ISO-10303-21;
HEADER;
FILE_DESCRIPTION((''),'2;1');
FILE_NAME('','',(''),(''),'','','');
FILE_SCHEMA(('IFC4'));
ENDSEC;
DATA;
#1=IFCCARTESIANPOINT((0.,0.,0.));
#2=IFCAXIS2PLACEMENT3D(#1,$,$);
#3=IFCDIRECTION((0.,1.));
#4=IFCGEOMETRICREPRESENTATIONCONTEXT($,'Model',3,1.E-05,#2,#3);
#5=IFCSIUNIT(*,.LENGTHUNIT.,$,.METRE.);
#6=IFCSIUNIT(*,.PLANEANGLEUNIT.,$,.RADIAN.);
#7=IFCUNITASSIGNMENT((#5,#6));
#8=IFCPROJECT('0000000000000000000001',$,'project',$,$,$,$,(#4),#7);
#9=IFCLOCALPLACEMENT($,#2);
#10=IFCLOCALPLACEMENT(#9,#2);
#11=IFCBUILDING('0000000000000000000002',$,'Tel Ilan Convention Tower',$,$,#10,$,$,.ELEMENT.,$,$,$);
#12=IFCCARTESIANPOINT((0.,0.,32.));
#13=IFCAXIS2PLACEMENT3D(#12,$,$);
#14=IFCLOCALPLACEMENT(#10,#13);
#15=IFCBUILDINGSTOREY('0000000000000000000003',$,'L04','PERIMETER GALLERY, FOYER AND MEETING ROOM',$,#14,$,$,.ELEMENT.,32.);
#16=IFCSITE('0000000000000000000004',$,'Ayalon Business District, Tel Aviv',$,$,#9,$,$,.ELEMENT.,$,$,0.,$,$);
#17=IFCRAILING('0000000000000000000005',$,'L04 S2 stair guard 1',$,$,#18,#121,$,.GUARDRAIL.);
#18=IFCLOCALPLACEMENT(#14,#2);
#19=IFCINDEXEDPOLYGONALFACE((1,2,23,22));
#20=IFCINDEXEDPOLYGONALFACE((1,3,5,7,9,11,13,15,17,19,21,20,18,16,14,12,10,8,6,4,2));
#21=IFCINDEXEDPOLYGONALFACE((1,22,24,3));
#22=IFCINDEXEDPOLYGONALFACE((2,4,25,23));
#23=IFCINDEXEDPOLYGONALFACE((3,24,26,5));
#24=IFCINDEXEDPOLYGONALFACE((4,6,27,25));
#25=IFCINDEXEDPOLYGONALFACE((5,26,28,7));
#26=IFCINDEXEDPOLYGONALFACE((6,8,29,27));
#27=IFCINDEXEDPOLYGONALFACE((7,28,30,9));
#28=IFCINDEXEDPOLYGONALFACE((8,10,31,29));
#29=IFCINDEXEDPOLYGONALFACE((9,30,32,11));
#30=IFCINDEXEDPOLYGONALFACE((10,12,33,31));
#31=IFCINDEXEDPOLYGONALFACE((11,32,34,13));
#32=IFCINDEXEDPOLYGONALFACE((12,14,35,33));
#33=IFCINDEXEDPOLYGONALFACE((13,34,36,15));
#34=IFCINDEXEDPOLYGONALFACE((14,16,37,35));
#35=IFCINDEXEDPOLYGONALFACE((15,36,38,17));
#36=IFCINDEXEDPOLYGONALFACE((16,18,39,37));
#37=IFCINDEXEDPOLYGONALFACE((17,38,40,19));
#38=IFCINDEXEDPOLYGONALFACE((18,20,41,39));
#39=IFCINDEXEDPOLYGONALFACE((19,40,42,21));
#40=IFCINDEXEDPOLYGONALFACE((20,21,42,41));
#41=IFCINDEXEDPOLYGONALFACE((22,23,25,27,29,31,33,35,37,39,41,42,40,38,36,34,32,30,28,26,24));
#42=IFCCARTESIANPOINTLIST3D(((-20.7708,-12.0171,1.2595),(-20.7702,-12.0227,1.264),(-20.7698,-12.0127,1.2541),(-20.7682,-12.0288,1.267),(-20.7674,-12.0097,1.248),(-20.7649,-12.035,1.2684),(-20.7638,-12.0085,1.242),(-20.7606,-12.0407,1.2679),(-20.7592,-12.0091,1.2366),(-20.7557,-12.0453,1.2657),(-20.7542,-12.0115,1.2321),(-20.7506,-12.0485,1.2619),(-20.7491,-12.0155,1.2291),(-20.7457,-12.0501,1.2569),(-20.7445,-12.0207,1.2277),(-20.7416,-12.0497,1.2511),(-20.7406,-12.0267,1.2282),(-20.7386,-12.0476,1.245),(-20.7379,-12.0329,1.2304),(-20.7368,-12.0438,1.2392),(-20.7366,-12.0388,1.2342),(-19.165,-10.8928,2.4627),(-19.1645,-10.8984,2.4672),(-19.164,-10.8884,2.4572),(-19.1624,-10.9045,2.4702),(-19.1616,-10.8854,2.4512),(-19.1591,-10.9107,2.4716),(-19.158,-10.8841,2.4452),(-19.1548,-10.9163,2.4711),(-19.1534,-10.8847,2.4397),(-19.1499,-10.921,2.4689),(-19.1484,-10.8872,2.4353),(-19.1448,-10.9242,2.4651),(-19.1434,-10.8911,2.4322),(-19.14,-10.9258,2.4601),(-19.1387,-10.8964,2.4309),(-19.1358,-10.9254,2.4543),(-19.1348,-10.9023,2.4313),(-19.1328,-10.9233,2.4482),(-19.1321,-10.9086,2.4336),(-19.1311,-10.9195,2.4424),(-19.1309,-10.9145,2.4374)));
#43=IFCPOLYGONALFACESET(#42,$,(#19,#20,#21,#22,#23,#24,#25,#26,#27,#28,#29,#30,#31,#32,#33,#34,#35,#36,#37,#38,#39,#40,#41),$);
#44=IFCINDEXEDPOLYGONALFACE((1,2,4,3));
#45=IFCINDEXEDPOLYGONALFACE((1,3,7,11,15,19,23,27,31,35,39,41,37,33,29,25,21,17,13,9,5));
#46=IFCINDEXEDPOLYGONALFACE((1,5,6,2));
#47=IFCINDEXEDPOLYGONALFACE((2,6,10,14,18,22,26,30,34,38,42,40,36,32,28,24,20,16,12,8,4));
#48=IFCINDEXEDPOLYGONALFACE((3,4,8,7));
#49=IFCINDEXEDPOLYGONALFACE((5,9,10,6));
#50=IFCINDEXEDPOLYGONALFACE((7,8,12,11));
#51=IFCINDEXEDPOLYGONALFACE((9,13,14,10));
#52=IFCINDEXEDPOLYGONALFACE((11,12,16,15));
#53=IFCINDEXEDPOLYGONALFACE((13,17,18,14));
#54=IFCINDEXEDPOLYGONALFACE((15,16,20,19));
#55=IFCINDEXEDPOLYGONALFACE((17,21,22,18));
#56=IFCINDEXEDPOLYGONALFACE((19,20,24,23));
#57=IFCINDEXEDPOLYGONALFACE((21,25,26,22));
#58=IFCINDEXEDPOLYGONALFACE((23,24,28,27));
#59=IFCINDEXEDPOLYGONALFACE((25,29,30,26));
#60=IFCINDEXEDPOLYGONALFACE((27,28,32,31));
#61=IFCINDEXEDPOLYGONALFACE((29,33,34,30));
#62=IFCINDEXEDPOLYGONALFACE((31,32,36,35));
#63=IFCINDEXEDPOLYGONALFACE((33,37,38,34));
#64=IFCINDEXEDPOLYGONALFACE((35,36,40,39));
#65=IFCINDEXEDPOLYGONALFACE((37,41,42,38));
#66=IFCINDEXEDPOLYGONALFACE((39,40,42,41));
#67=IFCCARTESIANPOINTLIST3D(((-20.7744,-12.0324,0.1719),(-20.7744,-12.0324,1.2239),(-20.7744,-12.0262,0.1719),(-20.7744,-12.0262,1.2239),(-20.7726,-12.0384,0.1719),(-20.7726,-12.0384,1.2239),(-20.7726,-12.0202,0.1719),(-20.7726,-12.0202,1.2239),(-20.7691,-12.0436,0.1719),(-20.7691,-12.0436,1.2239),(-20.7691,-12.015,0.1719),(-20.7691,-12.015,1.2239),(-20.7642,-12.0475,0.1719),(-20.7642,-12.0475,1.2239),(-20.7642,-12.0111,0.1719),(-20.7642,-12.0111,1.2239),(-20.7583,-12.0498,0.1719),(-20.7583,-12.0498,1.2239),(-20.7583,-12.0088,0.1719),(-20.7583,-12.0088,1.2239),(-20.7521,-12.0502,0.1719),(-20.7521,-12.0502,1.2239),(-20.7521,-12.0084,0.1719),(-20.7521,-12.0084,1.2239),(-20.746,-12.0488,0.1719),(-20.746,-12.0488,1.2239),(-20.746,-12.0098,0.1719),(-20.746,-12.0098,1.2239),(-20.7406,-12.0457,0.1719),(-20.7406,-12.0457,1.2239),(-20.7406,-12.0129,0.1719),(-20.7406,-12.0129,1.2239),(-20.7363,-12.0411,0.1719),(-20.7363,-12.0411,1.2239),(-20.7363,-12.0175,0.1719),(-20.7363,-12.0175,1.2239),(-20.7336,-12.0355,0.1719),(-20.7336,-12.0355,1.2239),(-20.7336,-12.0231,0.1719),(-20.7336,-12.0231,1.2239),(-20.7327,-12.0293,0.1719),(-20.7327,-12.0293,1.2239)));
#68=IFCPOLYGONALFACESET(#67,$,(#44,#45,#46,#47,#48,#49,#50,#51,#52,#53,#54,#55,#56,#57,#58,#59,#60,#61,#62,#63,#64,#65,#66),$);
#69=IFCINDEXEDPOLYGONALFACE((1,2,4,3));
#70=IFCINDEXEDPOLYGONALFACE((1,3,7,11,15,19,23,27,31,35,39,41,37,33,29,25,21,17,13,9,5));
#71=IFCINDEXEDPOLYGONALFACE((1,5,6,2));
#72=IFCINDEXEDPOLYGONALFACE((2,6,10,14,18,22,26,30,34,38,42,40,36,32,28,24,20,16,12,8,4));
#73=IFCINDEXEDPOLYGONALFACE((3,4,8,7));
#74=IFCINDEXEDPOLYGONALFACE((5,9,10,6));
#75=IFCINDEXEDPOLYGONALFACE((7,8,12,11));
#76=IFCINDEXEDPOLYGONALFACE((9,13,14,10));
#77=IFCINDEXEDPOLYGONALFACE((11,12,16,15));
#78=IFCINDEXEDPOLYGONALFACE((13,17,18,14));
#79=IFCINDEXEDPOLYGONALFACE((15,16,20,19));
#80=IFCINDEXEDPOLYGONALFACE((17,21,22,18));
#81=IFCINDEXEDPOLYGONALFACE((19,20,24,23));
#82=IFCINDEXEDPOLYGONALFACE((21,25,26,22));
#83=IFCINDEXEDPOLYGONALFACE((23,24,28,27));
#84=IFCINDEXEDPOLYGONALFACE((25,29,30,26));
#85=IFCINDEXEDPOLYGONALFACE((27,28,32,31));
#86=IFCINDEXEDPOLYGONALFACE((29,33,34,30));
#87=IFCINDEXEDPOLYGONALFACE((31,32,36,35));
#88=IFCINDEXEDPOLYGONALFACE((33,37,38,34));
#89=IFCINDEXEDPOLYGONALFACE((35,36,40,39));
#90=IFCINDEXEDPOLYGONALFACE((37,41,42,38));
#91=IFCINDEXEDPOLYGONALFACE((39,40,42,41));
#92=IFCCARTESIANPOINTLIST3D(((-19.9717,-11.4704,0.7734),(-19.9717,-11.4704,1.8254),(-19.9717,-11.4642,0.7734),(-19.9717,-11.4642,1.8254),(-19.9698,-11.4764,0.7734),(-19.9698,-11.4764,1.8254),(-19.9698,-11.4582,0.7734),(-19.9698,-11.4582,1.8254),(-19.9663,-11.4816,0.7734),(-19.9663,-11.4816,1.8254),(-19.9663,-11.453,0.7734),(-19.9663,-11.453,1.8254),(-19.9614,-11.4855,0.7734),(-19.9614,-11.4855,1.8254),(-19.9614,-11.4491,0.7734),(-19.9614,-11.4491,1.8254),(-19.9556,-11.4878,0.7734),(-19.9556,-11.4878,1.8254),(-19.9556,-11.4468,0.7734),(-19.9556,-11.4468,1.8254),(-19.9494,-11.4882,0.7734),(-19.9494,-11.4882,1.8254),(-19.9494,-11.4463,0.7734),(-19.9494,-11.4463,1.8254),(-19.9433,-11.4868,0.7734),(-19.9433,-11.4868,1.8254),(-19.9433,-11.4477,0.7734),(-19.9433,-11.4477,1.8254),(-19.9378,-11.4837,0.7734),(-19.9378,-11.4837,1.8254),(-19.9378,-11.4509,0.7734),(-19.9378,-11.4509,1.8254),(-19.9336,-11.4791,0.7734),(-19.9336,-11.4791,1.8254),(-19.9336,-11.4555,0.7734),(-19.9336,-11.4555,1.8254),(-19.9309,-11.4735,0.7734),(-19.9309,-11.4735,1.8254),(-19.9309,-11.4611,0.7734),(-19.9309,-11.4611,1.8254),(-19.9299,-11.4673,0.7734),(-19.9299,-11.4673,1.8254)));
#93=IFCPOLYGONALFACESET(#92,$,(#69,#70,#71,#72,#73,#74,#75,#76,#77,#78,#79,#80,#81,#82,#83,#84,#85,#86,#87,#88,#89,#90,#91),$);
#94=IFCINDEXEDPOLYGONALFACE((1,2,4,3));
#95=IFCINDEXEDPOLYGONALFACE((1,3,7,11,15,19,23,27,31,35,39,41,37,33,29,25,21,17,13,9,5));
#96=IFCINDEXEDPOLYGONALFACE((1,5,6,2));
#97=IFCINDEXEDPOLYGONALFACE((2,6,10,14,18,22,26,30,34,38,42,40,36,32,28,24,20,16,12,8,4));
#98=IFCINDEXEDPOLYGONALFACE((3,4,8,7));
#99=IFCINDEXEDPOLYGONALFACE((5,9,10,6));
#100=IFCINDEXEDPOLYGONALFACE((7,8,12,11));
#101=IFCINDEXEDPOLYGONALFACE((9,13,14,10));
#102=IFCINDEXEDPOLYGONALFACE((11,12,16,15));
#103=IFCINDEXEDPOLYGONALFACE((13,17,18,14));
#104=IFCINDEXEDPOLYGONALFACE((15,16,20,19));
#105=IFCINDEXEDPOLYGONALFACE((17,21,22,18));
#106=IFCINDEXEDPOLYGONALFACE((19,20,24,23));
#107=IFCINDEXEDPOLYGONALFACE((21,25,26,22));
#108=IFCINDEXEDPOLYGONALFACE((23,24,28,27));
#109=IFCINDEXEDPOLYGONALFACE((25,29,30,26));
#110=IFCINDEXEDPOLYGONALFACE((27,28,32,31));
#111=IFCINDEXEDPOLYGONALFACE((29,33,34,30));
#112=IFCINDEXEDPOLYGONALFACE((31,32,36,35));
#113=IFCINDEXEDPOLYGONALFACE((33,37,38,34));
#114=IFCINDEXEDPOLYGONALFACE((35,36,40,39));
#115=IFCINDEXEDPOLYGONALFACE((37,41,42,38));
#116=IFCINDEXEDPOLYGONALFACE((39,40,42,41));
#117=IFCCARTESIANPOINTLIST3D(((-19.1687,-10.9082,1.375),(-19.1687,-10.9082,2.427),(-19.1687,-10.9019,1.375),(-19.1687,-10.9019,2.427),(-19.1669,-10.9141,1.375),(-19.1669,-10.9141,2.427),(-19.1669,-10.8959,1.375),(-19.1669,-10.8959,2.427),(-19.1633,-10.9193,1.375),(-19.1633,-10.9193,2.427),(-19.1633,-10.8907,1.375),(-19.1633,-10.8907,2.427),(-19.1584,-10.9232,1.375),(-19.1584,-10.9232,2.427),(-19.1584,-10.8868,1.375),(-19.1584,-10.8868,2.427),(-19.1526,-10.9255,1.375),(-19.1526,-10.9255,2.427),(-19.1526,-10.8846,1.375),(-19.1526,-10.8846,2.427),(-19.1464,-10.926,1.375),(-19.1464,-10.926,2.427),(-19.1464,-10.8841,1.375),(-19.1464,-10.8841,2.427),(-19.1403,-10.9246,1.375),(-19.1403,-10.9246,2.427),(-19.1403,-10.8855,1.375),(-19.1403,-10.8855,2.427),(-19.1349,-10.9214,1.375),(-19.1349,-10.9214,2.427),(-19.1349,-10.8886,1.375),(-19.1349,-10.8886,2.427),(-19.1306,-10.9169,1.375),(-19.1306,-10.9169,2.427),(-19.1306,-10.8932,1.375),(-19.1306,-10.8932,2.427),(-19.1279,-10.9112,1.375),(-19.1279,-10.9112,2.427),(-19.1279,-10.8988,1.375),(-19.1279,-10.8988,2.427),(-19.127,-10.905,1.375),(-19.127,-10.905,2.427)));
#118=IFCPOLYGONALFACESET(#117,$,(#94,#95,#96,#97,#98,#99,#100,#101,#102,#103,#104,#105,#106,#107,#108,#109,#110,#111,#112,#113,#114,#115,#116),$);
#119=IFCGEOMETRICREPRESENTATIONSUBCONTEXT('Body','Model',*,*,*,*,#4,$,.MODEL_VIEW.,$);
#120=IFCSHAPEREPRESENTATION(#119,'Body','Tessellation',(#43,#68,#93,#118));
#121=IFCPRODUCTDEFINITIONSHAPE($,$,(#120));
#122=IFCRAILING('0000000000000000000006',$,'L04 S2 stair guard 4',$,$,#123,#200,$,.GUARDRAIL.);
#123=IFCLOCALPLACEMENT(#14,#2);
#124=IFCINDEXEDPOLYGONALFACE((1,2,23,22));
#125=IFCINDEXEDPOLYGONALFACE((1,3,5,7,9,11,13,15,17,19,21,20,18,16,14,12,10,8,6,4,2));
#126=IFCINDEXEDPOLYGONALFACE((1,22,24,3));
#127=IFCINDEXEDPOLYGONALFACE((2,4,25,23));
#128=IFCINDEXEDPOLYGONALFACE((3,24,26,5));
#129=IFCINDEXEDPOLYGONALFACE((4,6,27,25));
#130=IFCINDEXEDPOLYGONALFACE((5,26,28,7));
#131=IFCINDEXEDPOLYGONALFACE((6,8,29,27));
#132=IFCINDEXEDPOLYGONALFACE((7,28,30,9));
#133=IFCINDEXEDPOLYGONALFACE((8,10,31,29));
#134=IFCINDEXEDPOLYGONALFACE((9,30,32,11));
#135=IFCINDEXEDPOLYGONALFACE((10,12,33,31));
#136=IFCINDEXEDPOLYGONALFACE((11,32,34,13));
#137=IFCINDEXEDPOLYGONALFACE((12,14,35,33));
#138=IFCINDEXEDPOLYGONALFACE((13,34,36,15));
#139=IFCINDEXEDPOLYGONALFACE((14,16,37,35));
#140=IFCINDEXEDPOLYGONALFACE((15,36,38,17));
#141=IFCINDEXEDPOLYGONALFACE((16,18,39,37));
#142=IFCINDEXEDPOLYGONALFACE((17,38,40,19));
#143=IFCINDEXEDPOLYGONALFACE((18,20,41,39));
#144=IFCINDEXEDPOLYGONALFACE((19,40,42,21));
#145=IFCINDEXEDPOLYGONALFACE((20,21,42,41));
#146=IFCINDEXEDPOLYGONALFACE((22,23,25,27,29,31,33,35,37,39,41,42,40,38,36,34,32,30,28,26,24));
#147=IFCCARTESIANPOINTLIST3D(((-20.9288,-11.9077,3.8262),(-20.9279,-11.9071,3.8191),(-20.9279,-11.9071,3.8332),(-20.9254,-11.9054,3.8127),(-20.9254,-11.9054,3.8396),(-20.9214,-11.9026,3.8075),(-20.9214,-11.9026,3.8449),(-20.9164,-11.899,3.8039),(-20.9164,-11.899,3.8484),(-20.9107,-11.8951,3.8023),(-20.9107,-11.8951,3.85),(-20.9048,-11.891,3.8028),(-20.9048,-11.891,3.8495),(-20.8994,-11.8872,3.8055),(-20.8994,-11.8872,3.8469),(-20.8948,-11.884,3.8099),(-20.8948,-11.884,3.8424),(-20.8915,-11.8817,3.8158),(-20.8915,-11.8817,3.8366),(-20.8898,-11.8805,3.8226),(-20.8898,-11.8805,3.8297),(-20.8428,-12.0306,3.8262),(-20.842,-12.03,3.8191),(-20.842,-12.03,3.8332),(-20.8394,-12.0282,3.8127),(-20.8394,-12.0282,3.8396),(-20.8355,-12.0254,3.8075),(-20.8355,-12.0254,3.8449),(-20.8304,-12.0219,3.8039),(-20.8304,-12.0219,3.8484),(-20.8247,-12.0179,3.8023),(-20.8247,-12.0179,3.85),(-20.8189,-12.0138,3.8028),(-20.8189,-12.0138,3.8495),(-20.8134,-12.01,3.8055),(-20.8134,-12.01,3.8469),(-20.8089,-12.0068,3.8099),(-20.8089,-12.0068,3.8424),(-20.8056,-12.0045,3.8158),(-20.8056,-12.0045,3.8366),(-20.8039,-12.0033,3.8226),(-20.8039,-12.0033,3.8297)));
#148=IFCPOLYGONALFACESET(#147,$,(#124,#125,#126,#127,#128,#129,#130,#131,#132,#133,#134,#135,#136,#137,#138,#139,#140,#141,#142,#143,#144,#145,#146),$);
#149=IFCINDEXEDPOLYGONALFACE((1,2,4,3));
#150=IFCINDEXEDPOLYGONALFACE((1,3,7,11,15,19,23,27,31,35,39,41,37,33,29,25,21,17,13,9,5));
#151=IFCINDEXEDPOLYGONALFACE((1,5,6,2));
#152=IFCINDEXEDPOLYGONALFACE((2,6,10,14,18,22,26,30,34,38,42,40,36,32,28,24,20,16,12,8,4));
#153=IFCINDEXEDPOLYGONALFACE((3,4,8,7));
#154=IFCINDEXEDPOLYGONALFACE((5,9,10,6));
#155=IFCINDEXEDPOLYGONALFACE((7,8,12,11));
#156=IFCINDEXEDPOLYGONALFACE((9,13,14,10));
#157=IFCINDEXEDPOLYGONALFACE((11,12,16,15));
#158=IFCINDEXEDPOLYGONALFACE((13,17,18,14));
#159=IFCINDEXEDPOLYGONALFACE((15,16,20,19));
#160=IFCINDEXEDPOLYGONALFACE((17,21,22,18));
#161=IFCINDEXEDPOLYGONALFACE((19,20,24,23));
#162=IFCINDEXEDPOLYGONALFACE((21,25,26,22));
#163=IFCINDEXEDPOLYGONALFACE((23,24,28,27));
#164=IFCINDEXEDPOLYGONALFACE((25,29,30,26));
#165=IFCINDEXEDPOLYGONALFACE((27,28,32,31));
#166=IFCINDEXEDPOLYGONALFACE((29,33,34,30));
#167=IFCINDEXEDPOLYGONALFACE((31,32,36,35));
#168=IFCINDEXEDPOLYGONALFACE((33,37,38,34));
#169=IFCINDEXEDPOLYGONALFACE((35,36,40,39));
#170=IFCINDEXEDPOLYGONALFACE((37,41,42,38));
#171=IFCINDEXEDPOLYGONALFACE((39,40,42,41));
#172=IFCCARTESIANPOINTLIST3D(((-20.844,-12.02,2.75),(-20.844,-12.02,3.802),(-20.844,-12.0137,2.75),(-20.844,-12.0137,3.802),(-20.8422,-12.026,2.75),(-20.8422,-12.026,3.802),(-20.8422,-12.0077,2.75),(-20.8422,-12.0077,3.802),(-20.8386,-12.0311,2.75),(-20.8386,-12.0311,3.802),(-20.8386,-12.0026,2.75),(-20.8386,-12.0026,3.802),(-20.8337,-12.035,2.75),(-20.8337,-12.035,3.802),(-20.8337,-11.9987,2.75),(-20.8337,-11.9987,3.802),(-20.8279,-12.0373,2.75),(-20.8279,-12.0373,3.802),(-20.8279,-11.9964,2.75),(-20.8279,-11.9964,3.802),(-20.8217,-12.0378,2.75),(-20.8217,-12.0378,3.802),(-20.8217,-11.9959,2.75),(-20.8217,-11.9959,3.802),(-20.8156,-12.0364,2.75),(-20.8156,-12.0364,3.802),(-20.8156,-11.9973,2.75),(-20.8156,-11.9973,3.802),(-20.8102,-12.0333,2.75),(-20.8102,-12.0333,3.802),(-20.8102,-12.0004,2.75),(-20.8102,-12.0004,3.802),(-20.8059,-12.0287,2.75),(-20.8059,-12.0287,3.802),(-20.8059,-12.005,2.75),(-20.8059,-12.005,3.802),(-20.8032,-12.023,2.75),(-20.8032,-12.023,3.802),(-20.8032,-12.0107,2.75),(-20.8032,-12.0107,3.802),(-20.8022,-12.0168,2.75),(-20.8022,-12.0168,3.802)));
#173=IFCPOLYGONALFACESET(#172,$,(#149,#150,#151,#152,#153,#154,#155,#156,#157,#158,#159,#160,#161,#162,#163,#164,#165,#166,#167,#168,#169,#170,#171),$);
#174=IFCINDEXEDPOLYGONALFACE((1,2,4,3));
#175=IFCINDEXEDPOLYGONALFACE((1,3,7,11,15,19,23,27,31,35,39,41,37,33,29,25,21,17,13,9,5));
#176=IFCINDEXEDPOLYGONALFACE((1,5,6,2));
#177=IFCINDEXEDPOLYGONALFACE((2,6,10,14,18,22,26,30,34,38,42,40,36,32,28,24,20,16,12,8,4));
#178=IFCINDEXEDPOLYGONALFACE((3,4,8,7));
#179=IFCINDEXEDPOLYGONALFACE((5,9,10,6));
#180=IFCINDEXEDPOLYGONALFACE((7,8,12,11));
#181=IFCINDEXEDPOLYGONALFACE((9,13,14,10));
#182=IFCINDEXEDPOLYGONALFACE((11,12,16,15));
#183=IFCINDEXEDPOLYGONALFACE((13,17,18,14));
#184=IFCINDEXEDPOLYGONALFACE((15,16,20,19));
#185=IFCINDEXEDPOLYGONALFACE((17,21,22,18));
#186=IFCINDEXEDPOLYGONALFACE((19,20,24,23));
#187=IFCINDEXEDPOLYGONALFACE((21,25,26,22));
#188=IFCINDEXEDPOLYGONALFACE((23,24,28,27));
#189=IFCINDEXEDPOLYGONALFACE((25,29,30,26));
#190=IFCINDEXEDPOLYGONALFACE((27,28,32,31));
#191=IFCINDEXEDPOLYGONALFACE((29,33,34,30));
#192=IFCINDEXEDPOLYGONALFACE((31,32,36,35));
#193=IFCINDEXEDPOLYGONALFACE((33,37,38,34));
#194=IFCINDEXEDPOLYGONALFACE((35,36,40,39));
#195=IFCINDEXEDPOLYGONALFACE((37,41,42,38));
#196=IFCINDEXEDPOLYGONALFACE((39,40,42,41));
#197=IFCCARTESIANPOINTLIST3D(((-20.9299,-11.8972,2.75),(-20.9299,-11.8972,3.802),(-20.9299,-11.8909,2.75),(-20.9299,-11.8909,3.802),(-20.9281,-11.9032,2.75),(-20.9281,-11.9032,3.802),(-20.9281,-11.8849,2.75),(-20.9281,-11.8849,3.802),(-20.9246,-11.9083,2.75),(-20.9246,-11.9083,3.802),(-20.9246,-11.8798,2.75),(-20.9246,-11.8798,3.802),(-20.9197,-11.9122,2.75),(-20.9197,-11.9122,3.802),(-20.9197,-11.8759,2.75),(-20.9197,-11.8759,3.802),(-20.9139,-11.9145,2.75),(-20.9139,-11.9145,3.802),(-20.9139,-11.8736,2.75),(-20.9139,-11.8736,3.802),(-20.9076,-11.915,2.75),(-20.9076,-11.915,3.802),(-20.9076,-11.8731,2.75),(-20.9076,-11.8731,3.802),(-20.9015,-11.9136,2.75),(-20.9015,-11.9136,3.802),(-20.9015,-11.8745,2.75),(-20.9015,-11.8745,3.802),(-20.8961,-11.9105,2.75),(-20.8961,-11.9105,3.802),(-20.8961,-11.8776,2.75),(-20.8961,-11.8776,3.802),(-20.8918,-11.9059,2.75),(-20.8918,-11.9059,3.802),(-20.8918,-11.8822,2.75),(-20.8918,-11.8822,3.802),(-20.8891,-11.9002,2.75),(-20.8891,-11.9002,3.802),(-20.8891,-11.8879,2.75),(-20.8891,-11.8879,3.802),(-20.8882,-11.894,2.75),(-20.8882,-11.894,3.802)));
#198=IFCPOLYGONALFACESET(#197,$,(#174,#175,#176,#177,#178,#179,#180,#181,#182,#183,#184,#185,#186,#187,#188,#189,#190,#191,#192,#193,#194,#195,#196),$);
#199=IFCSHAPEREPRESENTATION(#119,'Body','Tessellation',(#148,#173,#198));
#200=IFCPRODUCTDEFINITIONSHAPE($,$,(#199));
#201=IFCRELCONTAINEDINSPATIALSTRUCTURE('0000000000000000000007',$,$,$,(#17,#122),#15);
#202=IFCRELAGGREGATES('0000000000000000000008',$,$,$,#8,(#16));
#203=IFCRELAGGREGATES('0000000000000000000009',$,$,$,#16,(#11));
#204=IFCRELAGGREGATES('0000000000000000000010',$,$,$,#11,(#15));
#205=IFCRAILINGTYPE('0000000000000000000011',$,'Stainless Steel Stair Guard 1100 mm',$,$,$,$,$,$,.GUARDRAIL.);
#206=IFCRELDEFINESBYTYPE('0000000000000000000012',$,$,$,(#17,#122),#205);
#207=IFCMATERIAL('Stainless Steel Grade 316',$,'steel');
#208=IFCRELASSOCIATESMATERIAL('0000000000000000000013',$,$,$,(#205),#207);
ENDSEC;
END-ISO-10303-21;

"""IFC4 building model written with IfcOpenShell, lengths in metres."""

from ifc_helpers import new_model, si_unit, direction, frame, origin, origin_2d, place, context, subcontext, project, spatial, circle, extrude, material, type_object, element, save


model = new_model("IFC4")

# Units and contexts
model_context = context("Model", 3, precision=1e-05, world=origin(), true_north=direction((0.0, 1.0)))
body_context = subcontext(model_context, "Body", "Model", "MODEL_VIEW")
ifc_project = project(units=[si_unit("LENGTHUNIT", "METRE"), si_unit("PLANEANGLEUNIT", "RADIAN")], contexts=[model_context])

# Site, building, storey
site_placement = place(None, origin())
site = spatial("IfcSite", under=ifc_project, at=site_placement, Name="Ayalon Business District, Tel Aviv", CompositionType="ELEMENT", RefElevation=0.0)
building_placement = place(site_placement, origin())
building = spatial("IfcBuilding", under=site, at=building_placement, Name="Tel Ilan Convention Tower", CompositionType="ELEMENT")
storey_placement = place(building_placement, frame((0.0, 0.0, 32.0)))
storey = spatial("IfcBuildingStorey", under=building, at=storey_placement, Name="L04", Description="PERIMETER GALLERY, FOYER AND MEETING ROOM", CompositionType="ELEMENT", Elevation=32.0)

# Railings
ifc_material_1 = material(Name="Stainless Steel Grade 316", Category="steel")
railing_type_1 = type_object("IfcRailingType", Name="Stainless Steel Stair Guard 1100 mm", PredefinedType="GUARDRAIL", material=ifc_material_1)
railing_1_placement = place(storey_placement, frame((-20.7537, -12.0293, 0.1719)))
element("IfcRailing", 1, at=railing_1_placement, inside=storey, type_object=railing_type_1, Name="L04 S2 stair guard 1", PredefinedType="GUARDRAIL", context=body_context, shape_type="SweptSolid", body=[
    extrude(circle(Radius=0.0239, at=origin_2d()), frame((0.0, 0.0, 1.0762), z_axis=(0.698149, 0.488821, 0.523108), x_axis=(-0.573554, 0.819168, 0.0)), (0.0, 0.0, 1.0), 2.3),
    extrude(circle(Radius=0.021, at=origin_2d()), origin(), (0.0, 0.0, 1.0), 1.052),
    extrude(circle(Radius=0.021, at=origin_2d()), frame((0.8027, 0.562, 0.6016)), (0.0, 0.0, 1.0), 1.052),
    extrude(circle(Radius=0.021, at=origin_2d()), frame((1.6057, 1.1243, 1.2031)), (0.0, 0.0, 1.0), 1.052),
])
railing_2_placement = place(storey_placement, frame((-20.8232, -12.0168, 2.75)))
element("IfcRailing", 2, at=railing_2_placement, inside=storey, type_object=railing_type_1, Name="L04 S2 stair guard 4", PredefinedType="GUARDRAIL", context=body_context, shape_type="SweptSolid", body=[
    extrude(circle(Radius=0.0239, at=origin_2d()), frame((0.0, 0.0, 1.0762), z_axis=(-0.573353, 0.819308, 0.0), x_axis=(-0.819308, -0.573353, 0.0)), (0.0, 0.0, 1.0), 0.1499),
    extrude(circle(Radius=0.021, at=origin_2d()), origin(), (0.0, 0.0, 1.0), 1.052),
    extrude(circle(Radius=0.021, at=origin_2d()), frame((-0.0859, 0.1228, 0.0)), (0.0, 0.0, 1.0), 1.052),
])

save(model, "model.ifc")
